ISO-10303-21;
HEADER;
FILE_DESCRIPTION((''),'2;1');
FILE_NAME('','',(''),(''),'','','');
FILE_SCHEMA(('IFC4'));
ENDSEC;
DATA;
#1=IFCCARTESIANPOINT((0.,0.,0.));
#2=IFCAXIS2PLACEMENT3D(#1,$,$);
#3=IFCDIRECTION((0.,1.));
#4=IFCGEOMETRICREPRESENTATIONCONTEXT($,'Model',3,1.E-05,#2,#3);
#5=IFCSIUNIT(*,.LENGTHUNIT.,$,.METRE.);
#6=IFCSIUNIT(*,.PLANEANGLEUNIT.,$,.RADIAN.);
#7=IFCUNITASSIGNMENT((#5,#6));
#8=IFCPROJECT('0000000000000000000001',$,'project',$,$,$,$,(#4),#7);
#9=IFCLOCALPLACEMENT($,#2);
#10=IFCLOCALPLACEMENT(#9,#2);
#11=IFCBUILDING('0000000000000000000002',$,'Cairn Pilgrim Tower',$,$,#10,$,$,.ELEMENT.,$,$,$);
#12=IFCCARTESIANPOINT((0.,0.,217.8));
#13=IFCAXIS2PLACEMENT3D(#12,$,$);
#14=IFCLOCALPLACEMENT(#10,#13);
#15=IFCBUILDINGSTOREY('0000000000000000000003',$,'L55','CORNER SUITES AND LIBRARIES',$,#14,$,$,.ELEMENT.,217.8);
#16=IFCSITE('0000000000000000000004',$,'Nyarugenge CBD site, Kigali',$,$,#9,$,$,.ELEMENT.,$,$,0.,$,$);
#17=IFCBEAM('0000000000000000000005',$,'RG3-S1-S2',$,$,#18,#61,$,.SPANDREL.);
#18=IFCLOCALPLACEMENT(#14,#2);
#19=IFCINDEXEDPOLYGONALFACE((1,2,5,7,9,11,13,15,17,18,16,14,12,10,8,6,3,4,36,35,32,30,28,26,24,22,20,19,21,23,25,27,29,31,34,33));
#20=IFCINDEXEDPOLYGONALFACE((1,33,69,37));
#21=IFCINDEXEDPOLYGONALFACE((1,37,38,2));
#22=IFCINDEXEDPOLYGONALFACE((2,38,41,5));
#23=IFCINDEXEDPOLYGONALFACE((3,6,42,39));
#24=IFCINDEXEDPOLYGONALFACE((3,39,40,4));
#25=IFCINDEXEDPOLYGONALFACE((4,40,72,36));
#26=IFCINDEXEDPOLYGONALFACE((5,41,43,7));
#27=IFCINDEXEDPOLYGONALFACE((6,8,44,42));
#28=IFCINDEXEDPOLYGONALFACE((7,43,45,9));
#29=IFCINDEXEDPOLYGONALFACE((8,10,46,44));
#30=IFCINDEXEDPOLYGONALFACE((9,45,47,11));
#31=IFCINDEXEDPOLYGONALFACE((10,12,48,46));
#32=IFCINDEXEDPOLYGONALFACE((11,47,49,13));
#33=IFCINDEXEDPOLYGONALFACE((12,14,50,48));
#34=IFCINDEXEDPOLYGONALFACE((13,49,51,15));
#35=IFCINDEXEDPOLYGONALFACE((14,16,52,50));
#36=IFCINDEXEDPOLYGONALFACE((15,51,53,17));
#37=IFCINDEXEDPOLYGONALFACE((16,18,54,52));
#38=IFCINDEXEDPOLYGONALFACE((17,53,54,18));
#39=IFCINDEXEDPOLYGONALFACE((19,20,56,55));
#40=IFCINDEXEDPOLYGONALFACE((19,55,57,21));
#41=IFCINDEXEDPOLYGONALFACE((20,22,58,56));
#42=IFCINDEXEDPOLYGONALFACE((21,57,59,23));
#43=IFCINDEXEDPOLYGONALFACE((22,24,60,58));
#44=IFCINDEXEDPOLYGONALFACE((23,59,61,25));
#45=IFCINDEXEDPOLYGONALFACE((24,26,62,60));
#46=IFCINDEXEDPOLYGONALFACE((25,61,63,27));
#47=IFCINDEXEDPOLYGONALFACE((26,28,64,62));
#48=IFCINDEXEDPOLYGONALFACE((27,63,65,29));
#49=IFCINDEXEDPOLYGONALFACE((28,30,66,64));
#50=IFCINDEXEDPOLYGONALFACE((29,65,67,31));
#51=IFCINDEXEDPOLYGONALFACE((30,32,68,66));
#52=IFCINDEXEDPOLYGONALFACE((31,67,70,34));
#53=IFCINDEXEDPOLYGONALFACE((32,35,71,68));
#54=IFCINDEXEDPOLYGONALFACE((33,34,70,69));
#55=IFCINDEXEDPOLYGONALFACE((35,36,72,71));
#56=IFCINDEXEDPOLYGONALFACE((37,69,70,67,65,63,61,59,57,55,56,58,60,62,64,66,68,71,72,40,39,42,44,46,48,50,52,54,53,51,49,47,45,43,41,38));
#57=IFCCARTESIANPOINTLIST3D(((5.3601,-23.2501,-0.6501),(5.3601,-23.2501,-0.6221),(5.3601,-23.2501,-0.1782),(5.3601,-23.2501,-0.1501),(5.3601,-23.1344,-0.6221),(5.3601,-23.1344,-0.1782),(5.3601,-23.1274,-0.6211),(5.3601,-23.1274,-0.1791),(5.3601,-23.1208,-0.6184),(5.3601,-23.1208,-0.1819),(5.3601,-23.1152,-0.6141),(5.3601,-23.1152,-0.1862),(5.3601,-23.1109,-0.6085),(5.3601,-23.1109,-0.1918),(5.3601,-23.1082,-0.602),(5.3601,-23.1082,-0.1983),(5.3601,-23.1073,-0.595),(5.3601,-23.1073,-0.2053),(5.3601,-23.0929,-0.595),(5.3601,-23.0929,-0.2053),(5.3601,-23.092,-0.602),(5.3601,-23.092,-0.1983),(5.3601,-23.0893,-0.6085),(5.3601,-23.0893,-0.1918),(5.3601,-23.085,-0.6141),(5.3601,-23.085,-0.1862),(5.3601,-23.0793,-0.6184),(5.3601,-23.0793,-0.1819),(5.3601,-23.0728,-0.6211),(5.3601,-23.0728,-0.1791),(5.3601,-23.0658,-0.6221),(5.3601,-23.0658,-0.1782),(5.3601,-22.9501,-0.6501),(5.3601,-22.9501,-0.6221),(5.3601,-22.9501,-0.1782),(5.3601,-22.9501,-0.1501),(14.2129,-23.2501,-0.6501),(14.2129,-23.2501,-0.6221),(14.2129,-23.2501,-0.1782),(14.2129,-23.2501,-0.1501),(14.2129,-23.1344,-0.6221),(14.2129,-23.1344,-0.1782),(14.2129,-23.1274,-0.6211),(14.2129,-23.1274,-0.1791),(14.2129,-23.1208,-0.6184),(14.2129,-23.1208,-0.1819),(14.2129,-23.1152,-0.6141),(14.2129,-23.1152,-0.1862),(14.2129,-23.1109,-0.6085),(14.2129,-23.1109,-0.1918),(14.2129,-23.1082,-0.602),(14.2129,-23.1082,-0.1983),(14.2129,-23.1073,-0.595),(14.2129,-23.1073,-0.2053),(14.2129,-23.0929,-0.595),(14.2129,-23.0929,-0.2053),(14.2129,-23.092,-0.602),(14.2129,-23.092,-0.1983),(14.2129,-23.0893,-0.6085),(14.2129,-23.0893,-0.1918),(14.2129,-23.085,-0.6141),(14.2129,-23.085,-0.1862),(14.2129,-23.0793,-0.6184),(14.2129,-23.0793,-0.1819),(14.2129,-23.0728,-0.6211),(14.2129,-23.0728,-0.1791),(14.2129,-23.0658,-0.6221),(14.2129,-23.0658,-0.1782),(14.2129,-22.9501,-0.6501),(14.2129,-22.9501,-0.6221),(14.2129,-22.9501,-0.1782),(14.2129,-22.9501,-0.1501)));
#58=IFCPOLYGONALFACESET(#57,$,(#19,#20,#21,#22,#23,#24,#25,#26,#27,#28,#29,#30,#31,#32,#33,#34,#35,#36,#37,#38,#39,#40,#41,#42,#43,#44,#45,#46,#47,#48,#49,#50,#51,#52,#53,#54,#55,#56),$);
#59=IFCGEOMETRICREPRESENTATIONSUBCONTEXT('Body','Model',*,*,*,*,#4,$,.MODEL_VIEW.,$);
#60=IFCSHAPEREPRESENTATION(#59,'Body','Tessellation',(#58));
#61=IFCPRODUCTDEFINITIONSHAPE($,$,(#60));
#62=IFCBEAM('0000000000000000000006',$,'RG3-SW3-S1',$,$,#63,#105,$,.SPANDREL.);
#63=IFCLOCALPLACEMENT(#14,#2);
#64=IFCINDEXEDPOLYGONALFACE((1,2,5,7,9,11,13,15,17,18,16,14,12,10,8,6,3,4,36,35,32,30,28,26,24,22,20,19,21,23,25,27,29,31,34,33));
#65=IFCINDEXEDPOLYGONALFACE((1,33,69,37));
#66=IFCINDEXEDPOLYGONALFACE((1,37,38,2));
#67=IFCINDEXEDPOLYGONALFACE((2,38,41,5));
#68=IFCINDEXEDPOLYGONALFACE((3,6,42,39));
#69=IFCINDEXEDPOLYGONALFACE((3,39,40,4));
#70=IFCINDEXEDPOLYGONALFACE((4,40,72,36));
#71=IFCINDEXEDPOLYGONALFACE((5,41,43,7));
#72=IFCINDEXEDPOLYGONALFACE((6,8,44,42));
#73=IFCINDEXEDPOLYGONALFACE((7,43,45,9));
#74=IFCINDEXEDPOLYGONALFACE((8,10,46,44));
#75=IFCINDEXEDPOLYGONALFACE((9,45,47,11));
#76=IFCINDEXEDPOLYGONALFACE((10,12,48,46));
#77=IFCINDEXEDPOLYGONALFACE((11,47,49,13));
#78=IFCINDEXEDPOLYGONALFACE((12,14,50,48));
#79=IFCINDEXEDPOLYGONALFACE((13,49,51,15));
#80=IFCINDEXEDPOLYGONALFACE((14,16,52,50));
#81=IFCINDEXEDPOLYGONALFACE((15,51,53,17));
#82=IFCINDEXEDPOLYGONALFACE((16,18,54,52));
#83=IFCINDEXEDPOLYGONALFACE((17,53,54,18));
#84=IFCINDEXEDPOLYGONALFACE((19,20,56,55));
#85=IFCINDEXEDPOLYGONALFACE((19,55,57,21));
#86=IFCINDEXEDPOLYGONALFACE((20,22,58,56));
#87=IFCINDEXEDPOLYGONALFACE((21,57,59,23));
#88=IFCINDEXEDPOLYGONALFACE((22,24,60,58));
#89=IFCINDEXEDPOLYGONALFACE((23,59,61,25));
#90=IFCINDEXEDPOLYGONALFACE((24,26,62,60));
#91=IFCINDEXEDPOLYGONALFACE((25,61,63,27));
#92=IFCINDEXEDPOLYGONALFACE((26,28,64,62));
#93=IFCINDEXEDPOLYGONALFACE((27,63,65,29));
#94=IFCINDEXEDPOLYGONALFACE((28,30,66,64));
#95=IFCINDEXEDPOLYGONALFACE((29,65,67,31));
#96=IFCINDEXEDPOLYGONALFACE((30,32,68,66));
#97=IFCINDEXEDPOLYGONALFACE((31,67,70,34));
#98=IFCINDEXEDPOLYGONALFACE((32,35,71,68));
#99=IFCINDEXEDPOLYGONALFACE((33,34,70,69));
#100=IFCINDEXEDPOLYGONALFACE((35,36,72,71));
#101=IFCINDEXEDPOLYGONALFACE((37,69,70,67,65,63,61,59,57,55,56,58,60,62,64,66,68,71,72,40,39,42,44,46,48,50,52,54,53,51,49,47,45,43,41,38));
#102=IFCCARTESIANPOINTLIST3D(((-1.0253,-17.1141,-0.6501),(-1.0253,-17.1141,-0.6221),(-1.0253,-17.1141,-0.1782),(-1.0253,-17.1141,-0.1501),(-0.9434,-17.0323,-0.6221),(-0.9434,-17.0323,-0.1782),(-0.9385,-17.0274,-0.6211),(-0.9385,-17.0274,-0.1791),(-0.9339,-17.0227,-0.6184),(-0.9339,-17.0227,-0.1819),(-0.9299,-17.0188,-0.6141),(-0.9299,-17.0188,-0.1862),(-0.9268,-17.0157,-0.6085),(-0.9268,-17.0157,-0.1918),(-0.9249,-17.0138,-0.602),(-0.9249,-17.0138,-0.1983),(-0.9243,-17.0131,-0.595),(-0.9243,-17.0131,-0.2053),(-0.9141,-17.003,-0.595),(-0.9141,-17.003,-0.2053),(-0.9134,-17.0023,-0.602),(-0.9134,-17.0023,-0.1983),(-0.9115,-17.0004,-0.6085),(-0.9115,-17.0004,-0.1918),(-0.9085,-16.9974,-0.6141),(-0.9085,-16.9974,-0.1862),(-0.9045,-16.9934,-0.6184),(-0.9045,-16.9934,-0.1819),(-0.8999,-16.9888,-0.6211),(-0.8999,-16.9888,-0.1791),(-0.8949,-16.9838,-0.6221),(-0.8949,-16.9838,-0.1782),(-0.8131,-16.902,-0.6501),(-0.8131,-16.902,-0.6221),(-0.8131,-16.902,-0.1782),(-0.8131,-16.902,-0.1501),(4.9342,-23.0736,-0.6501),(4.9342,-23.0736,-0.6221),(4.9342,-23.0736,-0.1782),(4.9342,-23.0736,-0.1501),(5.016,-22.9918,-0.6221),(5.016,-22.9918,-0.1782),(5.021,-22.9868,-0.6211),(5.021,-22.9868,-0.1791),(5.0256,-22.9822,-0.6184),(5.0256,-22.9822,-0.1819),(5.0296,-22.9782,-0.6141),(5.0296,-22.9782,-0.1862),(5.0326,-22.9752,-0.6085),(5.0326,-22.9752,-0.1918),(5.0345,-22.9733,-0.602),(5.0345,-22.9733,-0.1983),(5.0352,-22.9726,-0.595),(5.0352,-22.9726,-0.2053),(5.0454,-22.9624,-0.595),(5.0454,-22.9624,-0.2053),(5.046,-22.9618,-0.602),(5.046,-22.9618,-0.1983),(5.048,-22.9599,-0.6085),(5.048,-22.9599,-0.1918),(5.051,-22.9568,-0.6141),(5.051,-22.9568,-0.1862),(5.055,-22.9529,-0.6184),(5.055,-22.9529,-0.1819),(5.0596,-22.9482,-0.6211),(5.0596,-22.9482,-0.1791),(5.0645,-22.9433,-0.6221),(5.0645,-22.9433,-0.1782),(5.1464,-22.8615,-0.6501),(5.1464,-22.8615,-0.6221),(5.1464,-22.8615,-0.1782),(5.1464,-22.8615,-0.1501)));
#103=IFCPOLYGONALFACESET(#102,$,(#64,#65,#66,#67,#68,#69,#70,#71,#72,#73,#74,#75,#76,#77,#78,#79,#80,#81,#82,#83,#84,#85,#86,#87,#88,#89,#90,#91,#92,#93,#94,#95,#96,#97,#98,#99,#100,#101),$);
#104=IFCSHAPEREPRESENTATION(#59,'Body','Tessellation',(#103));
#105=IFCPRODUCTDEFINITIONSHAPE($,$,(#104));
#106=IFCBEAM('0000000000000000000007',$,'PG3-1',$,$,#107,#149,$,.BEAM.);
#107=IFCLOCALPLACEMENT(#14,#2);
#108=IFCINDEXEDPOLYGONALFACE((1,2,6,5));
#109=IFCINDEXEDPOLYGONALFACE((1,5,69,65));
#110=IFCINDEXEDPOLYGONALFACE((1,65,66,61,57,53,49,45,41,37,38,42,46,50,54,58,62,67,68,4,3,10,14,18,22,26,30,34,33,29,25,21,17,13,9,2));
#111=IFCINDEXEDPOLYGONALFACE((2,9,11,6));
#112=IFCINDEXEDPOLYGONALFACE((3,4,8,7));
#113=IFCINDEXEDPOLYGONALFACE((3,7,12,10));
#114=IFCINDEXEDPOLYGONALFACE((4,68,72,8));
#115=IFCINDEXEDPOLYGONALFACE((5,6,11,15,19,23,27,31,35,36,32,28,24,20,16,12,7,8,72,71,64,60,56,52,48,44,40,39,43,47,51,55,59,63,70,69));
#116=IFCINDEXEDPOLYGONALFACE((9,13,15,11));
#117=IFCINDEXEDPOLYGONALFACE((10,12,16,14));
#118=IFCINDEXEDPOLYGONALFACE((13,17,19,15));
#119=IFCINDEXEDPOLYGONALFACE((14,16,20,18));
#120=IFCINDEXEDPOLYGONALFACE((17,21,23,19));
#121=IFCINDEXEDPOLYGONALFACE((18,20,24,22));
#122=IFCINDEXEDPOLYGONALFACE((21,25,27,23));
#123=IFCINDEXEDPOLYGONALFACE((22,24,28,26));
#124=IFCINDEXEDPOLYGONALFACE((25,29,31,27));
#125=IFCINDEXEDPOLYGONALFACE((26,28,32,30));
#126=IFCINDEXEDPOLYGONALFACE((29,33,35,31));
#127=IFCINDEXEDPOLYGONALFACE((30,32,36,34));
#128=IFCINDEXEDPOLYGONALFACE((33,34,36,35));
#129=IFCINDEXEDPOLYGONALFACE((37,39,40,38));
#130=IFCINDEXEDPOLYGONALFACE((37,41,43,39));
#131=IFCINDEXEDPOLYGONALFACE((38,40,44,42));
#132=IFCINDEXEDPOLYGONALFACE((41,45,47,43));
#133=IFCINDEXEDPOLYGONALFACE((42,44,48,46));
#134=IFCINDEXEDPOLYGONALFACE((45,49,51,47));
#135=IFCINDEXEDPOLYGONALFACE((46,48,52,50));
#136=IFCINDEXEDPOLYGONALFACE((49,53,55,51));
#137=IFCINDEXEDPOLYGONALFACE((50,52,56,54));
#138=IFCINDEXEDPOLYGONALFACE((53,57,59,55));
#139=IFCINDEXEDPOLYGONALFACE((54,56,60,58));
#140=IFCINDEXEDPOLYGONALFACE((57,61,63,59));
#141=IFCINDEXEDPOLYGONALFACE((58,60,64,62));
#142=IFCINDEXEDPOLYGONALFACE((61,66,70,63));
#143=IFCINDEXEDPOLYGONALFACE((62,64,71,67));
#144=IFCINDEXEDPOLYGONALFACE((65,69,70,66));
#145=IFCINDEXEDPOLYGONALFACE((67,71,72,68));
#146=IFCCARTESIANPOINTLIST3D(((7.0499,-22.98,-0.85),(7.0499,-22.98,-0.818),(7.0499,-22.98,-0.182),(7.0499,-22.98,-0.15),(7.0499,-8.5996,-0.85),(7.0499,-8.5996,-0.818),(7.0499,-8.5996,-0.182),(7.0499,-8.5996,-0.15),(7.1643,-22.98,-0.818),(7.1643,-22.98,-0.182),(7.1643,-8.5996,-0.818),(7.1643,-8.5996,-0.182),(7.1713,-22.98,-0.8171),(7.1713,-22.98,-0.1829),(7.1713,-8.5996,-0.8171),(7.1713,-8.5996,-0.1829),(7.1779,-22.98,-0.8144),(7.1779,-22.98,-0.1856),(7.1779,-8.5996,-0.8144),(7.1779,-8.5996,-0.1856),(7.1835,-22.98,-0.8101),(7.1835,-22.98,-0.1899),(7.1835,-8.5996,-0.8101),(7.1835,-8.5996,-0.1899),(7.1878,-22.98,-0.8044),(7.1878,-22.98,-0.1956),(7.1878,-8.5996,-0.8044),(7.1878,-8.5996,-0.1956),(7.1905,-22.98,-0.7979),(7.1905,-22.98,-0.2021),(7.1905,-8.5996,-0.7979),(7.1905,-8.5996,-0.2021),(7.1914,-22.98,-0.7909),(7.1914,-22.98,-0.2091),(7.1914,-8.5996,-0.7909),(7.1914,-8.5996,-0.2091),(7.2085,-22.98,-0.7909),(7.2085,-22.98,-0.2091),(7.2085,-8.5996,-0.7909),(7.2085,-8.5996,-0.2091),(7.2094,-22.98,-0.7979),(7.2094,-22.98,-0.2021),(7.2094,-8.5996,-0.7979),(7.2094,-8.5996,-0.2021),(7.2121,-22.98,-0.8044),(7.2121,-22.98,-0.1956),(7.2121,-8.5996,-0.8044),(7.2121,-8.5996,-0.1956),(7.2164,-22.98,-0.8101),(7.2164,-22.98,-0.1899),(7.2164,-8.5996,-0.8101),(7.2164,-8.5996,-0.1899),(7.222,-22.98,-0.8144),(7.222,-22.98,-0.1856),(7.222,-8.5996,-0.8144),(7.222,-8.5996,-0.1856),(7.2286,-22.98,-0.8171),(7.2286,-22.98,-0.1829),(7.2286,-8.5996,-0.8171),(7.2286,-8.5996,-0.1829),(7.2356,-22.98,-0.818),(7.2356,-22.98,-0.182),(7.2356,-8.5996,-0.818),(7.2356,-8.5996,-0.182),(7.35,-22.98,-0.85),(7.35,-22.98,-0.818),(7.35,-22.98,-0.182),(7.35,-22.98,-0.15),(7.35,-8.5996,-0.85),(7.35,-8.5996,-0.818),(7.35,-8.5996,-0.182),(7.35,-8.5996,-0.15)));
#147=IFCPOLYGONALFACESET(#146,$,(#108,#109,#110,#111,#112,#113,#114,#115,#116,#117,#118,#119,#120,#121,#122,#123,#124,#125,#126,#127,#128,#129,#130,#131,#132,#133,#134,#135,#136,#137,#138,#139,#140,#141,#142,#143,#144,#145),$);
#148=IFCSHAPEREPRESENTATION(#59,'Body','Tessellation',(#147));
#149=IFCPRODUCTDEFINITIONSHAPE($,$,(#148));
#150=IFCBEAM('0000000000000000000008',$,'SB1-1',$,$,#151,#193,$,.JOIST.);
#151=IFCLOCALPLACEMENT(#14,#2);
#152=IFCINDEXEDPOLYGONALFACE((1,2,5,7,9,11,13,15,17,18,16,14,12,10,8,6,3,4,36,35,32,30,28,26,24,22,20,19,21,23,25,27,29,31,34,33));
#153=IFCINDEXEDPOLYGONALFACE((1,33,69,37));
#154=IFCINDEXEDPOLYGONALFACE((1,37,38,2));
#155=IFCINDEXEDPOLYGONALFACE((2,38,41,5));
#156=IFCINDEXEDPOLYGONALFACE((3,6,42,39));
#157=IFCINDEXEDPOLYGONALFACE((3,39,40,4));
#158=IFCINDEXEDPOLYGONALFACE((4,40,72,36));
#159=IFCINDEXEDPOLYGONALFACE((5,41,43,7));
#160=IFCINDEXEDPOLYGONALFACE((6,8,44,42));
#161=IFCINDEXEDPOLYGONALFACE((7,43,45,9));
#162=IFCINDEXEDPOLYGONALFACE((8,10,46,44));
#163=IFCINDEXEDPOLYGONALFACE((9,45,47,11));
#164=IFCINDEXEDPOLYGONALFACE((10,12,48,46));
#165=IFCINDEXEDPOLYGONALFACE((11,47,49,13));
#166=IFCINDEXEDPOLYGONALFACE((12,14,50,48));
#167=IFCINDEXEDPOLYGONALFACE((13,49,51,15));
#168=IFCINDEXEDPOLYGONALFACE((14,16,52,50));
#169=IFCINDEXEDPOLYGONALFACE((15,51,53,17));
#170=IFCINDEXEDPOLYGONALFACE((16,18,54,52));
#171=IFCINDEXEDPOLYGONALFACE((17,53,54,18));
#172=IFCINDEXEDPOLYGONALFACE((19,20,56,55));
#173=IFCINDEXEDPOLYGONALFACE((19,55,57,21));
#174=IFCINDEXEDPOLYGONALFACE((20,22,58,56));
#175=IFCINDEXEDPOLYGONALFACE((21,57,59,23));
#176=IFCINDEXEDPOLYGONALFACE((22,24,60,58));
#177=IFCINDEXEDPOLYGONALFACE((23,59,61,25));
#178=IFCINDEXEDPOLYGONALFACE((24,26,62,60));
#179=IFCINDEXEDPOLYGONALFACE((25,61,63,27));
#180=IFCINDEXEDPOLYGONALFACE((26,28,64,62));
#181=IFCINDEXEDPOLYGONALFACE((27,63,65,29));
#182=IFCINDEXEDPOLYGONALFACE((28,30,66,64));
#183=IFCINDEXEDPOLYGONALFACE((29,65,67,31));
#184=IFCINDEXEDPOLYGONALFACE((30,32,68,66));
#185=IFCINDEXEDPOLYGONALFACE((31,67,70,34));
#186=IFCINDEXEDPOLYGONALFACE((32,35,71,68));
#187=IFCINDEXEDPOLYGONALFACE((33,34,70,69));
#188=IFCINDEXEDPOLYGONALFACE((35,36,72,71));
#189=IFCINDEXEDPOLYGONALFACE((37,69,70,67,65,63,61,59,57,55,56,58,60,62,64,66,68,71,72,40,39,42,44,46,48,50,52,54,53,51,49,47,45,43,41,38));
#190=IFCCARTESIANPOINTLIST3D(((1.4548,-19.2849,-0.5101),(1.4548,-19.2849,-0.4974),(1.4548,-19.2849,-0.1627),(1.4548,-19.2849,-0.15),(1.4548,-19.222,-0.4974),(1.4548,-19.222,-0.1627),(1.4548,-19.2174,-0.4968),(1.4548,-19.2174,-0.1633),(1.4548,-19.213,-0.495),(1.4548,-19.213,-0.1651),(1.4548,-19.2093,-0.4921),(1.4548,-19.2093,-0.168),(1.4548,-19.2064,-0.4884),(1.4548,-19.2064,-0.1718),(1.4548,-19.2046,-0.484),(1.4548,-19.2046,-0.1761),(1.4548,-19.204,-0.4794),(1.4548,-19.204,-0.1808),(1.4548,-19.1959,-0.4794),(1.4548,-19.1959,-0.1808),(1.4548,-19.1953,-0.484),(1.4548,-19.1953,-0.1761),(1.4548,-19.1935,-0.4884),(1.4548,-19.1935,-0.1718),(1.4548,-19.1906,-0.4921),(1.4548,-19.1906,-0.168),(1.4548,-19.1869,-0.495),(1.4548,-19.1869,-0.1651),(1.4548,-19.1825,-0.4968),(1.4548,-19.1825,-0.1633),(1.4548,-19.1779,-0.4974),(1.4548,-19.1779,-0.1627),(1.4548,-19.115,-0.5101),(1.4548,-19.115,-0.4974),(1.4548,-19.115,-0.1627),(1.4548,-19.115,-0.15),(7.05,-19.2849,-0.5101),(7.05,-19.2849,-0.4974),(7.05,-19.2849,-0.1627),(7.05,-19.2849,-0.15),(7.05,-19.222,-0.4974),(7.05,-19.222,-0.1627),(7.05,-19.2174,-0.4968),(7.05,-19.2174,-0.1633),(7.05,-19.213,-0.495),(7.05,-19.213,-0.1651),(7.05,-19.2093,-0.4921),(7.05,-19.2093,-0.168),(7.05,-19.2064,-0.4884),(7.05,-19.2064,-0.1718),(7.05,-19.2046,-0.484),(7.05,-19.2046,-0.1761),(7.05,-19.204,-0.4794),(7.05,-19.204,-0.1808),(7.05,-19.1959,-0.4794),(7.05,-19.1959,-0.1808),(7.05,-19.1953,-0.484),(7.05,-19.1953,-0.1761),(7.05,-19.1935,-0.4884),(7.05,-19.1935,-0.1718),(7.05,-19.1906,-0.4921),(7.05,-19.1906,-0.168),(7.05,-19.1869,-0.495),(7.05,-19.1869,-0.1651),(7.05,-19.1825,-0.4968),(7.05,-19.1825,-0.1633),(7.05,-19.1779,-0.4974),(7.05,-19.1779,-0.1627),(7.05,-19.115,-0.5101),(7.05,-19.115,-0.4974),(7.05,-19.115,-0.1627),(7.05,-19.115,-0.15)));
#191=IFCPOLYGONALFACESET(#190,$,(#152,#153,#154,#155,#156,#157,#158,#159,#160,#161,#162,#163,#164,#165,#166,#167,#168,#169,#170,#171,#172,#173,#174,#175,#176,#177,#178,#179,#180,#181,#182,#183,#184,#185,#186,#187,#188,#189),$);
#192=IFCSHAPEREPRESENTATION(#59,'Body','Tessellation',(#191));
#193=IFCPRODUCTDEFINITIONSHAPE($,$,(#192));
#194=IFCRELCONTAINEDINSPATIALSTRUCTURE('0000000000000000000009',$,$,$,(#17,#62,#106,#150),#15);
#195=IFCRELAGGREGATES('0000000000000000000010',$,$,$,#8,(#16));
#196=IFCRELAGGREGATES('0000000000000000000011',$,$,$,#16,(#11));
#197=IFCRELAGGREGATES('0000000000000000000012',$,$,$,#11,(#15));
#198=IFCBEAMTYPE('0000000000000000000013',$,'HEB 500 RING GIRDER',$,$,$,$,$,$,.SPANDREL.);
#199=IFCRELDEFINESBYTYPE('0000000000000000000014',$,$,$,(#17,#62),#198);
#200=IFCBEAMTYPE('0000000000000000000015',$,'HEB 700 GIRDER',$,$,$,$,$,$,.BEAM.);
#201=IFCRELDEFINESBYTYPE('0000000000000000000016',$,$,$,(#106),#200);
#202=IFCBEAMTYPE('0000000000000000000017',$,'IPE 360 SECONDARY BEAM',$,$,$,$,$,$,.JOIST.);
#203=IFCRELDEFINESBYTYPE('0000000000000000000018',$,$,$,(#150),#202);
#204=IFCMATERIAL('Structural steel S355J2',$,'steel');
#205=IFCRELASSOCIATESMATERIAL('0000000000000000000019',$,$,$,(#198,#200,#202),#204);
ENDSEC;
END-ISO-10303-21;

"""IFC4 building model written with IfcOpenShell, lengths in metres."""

from ifc_helpers import new_model, si_unit, direction, frame, origin, origin_2d, place, context, subcontext, project, spatial, i_section, extrude, material, material_profile, profile_set, type_object, element, save


model = new_model("IFC4")

# Units and contexts
model_context = context("Model", 3, precision=1e-05, world=origin(), true_north=direction((0.0, 1.0)))
body_context = subcontext(model_context, "Body", "Model", "MODEL_VIEW")
ifc_project = project(units=[si_unit("LENGTHUNIT", "METRE"), si_unit("PLANEANGLEUNIT", "RADIAN")], contexts=[model_context])

# Site, building, storey
site_placement = place(None, origin())
site = spatial("IfcSite", under=ifc_project, at=site_placement, Name="Nyarugenge CBD site, Kigali", CompositionType="ELEMENT", RefElevation=0.0)
building_placement = place(site_placement, origin())
building = spatial("IfcBuilding", under=site, at=building_placement, Name="Cairn Pilgrim Tower", CompositionType="ELEMENT")
storey_placement = place(building_placement, frame((0.0, 0.0, 217.8)))
storey = spatial("IfcBuildingStorey", under=building, at=storey_placement, Name="L55", Description="CORNER SUITES AND LIBRARIES", CompositionType="ELEMENT", Elevation=217.8)

# Beams
ifc_material_1 = material(Name="Structural steel S355J2", Category="steel")
ifc_material_profile_1 = material_profile(ifc_material_1, i_section(OverallWidth=0.3, OverallDepth=0.5, WebThickness=0.0144, FlangeThickness=0.0281, FilletRadius=0.0271, at=origin_2d()), Name="HEB 500")
ifc_profile_set_1 = profile_set([ifc_material_profile_1], Name="Structural steel S355J2")
beam_type_1 = type_object("IfcBeamType", Name="HEB 500 RING GIRDER", PredefinedType="SPANDREL", material=ifc_profile_set_1)
beam_1_placement = place(storey_placement, frame((5.3601, -23.1001, -0.4001), z_axis=(1.0, 0.0, 0.0), x_axis=(0.0, 1.0, 0.0)))
element("IfcBeam", 1, at=beam_1_placement, inside=storey, type_object=beam_type_1, Name="RG3-S1-S2", PredefinedType="SPANDREL", context=body_context, shape_type="SweptSolid", body=[
    extrude(i_section(OverallWidth=0.3, OverallDepth=0.5, WebThickness=0.0144, FlangeThickness=0.0281, FilletRadius=0.0271, at=origin_2d()), origin(), (0.0, 0.0, 1.0), 8.8528),
])
beam_2_placement = place(storey_placement, frame((-0.9192, -17.0081, -0.4001), z_axis=(0.707107, -0.707107, 0.0), x_axis=(0.707107, 0.707107, 0.0)))
element("IfcBeam", 2, at=beam_2_placement, inside=storey, type_object=beam_type_1, Name="RG3-SW3-S1", PredefinedType="SPANDREL", context=body_context, shape_type="SweptSolid", body=[
    extrude(i_section(OverallWidth=0.3, OverallDepth=0.5, WebThickness=0.0144, FlangeThickness=0.0281, FilletRadius=0.0271, at=origin_2d()), origin(), (0.0, 0.0, 1.0), 8.428),
])
ifc_material_profile_2 = material_profile(ifc_material_1, i_section(OverallWidth=0.3, OverallDepth=0.7, WebThickness=0.0171, FlangeThickness=0.032, FilletRadius=0.0271, at=origin_2d()), Name="HEB 700")
ifc_profile_set_2 = profile_set([ifc_material_profile_2], Name="Structural steel S355J2")
beam_type_2 = type_object("IfcBeamType", Name="HEB 700 GIRDER", PredefinedType="BEAM", material=ifc_profile_set_2)
beam_3_placement = place(storey_placement, frame((7.2, -22.98, -0.5), z_axis=(0.0, 1.0, 0.0), x_axis=(-1.0, 0.0, 0.0)))
element("IfcBeam", 3, at=beam_3_placement, inside=storey, type_object=beam_type_2, Name="PG3-1", PredefinedType="BEAM", context=body_context, shape_type="SweptSolid", body=[
    extrude(i_section(OverallWidth=0.3, OverallDepth=0.7, WebThickness=0.0171, FlangeThickness=0.032, FilletRadius=0.0271, at=origin_2d()), origin(), (0.0, 0.0, 1.0), 14.3804),
])
ifc_material_profile_3 = material_profile(ifc_material_1, i_section(OverallWidth=0.1699, OverallDepth=0.3601, WebThickness=0.0081, FlangeThickness=0.0127, FilletRadius=0.0181, at=origin_2d()), Name="IPE 360")
ifc_profile_set_3 = profile_set([ifc_material_profile_3], Name="Structural steel S355J2")
beam_type_3 = type_object("IfcBeamType", Name="IPE 360 SECONDARY BEAM", PredefinedType="JOIST", material=ifc_profile_set_3)
beam_4_placement = place(storey_placement, frame((1.4548, -19.2, -0.3301), z_axis=(1.0, 0.0, 0.0), x_axis=(0.0, 1.0, 0.0)))
element("IfcBeam", 4, at=beam_4_placement, inside=storey, type_object=beam_type_3, Name="SB1-1", PredefinedType="JOIST", context=body_context, shape_type="SweptSolid", body=[
    extrude(i_section(OverallWidth=0.1699, OverallDepth=0.3601, WebThickness=0.0081, FlangeThickness=0.0127, FilletRadius=0.0181, at=origin_2d()), origin(), (0.0, 0.0, 1.0), 5.5952),
])

save(model, "model.ifc")
